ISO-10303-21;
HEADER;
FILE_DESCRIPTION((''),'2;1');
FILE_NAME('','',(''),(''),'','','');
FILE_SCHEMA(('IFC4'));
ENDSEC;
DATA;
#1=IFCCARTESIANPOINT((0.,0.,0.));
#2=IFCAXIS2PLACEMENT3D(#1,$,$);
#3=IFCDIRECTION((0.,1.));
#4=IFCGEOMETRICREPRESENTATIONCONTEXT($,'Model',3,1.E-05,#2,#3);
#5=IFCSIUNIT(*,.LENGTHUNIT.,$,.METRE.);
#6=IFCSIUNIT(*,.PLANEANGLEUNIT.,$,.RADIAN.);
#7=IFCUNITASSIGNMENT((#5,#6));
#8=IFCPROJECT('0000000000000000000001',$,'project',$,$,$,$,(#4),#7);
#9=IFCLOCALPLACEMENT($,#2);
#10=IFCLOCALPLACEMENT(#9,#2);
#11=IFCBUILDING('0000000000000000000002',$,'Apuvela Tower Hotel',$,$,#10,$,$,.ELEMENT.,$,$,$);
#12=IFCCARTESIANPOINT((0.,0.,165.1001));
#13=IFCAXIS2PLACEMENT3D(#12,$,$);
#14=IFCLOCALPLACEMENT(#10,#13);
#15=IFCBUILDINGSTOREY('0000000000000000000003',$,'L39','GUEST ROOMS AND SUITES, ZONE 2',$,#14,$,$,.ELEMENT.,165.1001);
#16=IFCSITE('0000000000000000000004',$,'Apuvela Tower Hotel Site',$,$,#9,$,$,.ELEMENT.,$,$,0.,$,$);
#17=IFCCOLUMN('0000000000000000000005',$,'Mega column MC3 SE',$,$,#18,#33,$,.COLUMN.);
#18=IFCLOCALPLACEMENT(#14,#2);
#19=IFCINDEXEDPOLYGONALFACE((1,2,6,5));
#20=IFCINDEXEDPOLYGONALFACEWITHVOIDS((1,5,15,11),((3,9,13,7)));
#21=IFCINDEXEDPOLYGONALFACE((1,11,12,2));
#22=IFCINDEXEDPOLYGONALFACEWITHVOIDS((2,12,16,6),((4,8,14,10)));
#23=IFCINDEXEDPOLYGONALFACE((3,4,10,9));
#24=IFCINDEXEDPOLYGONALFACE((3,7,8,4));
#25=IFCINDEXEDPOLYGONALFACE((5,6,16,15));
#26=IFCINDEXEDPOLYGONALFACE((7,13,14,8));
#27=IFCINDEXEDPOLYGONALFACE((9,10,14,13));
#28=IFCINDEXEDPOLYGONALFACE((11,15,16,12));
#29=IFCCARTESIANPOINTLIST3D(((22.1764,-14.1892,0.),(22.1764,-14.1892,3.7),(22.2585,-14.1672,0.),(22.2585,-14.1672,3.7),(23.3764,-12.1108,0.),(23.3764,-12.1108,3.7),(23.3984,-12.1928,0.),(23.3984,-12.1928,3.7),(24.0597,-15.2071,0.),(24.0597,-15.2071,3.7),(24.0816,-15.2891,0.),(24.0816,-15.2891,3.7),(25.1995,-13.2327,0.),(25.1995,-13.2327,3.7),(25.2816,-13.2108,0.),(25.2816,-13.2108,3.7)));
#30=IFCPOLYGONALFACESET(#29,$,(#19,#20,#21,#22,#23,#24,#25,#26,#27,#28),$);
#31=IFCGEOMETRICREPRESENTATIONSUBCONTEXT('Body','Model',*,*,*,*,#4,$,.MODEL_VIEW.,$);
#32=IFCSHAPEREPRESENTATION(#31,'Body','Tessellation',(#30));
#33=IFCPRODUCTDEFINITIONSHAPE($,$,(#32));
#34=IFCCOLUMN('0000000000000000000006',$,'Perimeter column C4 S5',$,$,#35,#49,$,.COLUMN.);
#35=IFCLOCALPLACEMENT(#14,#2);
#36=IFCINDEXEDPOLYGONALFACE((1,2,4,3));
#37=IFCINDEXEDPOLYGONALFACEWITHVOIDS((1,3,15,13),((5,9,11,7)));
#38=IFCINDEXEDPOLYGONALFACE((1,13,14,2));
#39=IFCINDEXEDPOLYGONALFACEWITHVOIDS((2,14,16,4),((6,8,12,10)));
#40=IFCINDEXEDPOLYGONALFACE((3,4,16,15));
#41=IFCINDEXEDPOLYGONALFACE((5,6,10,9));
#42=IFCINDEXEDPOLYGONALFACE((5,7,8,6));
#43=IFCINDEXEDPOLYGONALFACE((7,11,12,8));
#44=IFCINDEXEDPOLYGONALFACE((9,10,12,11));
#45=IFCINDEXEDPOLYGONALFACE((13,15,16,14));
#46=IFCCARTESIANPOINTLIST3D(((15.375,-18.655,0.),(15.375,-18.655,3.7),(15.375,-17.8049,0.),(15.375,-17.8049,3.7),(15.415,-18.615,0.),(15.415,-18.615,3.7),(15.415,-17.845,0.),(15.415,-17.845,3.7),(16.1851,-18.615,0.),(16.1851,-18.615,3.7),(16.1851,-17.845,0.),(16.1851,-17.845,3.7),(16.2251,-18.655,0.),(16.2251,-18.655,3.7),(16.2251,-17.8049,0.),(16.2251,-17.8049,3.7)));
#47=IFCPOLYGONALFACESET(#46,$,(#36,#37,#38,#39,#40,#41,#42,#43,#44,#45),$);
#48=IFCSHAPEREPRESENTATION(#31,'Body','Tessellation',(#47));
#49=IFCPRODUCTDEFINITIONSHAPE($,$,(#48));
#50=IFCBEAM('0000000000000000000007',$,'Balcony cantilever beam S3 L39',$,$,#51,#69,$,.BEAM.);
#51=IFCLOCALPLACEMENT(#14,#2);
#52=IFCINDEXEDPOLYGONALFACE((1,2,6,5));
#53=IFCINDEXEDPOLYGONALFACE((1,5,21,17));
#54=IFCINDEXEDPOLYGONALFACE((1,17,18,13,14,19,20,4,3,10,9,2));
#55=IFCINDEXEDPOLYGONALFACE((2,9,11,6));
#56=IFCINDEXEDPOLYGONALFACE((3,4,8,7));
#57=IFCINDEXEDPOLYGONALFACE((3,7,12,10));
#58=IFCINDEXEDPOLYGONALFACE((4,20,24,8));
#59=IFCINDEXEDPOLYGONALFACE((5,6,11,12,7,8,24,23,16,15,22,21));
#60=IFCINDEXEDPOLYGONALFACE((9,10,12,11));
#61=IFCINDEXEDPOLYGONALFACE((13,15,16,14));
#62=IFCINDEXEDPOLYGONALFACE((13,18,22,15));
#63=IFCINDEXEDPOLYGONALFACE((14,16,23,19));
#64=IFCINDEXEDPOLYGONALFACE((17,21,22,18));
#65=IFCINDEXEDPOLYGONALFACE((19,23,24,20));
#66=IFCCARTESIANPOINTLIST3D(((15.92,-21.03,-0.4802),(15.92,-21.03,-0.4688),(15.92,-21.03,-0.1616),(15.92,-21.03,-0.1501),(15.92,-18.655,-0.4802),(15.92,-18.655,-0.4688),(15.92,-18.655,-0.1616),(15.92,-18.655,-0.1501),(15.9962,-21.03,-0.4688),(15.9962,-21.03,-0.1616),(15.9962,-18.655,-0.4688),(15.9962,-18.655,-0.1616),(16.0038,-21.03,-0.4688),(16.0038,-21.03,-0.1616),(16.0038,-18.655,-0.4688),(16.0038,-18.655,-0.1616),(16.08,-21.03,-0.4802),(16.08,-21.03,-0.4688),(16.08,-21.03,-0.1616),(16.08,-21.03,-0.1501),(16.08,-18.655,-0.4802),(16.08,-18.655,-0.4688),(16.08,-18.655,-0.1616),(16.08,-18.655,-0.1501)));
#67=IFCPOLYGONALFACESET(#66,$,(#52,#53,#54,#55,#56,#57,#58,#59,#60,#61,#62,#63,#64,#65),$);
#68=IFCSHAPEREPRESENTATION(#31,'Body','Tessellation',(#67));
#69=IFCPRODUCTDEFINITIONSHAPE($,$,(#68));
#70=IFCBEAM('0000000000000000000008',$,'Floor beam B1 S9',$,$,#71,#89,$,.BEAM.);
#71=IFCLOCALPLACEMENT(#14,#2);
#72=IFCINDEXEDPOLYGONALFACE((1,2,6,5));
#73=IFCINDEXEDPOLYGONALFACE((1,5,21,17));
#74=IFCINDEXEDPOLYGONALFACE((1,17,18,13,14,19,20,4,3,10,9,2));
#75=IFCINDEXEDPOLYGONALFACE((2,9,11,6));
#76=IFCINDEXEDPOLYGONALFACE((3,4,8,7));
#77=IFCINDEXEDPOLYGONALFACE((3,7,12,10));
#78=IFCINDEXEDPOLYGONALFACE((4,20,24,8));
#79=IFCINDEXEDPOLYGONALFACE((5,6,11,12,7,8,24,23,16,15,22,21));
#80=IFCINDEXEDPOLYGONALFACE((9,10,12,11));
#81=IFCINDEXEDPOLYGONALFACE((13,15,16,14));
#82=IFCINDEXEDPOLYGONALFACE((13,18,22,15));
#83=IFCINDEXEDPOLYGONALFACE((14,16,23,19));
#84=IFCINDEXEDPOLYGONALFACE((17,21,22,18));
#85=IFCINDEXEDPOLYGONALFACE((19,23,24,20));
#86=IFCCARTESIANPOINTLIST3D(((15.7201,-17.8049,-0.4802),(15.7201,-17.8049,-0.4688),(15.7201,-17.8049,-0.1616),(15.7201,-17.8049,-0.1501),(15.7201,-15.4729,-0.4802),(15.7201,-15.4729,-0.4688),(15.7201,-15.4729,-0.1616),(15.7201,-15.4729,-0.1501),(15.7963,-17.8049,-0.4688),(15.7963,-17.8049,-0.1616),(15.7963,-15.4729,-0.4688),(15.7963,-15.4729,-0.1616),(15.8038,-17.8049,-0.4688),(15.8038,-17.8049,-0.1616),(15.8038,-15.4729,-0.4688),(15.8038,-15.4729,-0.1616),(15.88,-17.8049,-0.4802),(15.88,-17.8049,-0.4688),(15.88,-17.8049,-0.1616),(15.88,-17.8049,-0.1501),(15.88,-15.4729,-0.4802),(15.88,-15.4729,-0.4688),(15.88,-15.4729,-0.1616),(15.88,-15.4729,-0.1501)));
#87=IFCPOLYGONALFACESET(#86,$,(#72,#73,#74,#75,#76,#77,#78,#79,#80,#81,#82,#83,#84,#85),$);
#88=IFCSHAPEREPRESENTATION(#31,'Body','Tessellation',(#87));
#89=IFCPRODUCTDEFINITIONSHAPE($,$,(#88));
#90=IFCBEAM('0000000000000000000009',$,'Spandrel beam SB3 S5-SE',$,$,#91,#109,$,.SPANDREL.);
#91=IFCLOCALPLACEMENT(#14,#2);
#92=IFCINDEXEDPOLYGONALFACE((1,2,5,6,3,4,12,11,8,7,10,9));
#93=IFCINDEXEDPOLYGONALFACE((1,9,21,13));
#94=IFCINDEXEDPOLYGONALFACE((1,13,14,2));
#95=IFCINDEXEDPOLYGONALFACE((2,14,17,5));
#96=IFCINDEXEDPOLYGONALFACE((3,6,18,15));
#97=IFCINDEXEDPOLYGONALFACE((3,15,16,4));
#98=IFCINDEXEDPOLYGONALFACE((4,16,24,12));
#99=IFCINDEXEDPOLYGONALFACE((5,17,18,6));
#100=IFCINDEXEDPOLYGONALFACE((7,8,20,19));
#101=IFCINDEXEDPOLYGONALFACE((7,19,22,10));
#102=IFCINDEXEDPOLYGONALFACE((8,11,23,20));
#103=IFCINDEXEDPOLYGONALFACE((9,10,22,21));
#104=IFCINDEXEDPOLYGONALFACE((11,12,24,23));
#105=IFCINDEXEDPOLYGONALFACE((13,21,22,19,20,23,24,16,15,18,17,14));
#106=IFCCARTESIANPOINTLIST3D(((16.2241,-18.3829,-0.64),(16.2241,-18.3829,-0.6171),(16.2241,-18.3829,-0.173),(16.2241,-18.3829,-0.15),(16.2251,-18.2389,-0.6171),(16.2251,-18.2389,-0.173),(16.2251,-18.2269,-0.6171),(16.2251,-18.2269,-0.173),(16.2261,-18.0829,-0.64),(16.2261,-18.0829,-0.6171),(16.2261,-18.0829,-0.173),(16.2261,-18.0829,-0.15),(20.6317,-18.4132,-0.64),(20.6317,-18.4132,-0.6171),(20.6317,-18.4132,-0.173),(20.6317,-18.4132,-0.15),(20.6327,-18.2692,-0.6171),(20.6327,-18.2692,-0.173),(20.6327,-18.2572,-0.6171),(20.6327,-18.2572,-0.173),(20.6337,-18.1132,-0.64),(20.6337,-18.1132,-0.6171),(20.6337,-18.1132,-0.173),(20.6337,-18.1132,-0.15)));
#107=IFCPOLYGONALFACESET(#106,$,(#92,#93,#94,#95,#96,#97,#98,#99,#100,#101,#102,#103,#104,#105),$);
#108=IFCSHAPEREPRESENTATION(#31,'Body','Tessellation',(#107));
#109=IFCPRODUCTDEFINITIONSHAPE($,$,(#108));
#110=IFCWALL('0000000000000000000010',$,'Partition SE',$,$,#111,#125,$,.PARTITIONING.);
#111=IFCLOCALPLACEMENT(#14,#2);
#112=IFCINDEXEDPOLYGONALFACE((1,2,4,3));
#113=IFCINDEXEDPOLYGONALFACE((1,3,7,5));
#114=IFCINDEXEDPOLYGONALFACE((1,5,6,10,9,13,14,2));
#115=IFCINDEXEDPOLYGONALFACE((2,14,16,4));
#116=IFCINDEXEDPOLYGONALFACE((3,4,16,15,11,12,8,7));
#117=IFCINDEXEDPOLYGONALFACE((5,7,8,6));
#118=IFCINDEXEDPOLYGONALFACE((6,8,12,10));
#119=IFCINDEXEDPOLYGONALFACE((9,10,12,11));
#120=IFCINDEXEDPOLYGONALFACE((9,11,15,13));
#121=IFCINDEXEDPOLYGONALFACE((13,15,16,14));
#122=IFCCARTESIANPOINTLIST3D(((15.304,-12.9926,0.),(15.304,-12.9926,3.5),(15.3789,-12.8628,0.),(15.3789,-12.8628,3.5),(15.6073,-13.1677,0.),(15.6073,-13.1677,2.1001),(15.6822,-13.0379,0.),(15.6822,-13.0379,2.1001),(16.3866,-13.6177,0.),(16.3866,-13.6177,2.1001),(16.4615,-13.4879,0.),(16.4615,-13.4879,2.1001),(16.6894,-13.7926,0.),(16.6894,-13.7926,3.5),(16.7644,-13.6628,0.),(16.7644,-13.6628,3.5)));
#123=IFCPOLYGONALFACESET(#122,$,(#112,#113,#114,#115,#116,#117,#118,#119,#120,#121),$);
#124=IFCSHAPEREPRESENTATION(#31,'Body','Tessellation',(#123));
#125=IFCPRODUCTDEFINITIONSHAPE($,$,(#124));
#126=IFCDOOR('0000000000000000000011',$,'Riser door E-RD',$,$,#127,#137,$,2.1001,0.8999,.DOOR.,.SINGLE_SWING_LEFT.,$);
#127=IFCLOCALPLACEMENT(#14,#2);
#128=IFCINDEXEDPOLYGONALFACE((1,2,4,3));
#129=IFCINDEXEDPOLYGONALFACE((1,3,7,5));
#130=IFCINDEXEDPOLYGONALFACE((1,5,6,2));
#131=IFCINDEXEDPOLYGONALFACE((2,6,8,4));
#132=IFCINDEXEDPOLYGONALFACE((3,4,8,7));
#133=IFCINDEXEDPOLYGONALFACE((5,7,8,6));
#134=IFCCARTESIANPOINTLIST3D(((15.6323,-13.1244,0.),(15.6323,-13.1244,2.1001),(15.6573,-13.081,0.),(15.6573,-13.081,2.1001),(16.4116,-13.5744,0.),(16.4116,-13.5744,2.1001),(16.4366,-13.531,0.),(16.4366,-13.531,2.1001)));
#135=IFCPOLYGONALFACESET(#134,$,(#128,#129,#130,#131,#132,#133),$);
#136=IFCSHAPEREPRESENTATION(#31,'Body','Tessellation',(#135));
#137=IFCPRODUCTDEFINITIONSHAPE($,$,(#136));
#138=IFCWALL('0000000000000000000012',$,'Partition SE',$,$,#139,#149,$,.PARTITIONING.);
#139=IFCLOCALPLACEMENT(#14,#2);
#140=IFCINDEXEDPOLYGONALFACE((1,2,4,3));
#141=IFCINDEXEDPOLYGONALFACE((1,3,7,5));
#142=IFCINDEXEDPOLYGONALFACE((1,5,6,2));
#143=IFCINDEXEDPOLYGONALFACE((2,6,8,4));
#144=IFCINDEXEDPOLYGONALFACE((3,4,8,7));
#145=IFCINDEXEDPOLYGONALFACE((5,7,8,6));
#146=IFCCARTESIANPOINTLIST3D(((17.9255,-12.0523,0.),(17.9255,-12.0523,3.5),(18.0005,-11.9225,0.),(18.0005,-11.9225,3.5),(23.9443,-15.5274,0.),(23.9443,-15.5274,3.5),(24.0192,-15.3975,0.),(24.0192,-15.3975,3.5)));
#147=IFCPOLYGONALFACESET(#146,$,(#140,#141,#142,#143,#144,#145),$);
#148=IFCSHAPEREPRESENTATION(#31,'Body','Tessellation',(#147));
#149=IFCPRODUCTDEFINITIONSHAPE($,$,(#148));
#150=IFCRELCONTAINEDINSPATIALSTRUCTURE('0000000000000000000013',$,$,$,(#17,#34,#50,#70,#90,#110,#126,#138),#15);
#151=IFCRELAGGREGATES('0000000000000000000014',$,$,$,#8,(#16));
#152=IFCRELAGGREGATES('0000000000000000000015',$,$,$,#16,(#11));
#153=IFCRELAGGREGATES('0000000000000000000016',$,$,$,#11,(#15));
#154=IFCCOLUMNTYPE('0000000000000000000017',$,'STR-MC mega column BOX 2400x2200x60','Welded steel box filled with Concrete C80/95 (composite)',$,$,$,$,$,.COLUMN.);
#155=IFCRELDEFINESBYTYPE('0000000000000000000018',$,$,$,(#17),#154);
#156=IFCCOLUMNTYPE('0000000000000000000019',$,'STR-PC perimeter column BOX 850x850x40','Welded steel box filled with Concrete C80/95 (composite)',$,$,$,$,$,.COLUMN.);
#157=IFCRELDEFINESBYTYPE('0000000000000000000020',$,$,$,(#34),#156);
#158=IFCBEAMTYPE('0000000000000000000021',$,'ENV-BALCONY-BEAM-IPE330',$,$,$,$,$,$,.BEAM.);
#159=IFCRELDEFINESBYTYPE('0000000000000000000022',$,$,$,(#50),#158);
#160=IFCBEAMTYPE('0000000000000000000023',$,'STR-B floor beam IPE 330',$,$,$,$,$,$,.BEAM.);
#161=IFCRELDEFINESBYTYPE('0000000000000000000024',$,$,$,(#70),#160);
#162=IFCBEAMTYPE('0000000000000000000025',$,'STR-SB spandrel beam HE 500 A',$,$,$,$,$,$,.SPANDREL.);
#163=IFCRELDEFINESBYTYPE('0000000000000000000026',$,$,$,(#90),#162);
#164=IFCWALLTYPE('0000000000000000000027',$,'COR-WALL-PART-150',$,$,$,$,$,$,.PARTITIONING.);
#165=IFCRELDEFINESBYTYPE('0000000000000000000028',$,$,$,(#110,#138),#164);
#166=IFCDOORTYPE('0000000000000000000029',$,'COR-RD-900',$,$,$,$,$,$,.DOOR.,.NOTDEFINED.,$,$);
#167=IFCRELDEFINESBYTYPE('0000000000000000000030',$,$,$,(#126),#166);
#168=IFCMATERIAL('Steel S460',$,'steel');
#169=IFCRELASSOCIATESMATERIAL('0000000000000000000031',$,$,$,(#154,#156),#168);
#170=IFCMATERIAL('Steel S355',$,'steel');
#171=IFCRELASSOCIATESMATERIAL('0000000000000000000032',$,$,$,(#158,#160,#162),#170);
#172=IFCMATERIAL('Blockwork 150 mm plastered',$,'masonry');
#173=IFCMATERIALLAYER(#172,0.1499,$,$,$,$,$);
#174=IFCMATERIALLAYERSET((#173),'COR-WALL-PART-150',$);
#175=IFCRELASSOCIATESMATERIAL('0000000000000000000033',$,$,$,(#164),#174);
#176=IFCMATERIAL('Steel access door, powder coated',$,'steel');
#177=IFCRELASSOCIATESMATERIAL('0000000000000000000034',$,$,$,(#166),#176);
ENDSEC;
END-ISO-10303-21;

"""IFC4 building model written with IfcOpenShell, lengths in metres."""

from ifc_helpers import new_model, si_unit, direction, frame, frame_2d, origin, origin_2d, place, context, subcontext, project, spatial, rectangle, hollow_rectangle, i_section, extrude, material, layer, layer_set, material_profile, profile_set, type_object, element, fill, save


model = new_model("IFC4")

# Units and contexts
model_context = context("Model", 3, precision=1e-05, world=origin(), true_north=direction((0.0, 1.0)))
body_context = subcontext(model_context, "Body", "Model", "MODEL_VIEW")
ifc_project = project(units=[si_unit("LENGTHUNIT", "METRE"), si_unit("PLANEANGLEUNIT", "RADIAN")], contexts=[model_context])

# Site, building, storey
site_placement = place(None, origin())
site = spatial("IfcSite", under=ifc_project, at=site_placement, Name="Apuvela Tower Hotel Site", CompositionType="ELEMENT", RefElevation=0.0)
building_placement = place(site_placement, origin())
building = spatial("IfcBuilding", under=site, at=building_placement, Name="Apuvela Tower Hotel", CompositionType="ELEMENT")
storey_placement = place(building_placement, frame((0.0, 0.0, 165.1001)))
storey = spatial("IfcBuildingStorey", under=building, at=storey_placement, Name="L39", Description="GUEST ROOMS AND SUITES, ZONE 2", CompositionType="ELEMENT", Elevation=165.1001)

# Columns
ifc_material_1 = material(Name="Steel S460", Category="steel")
ifc_material_profile_1 = material_profile(ifc_material_1, hollow_rectangle(XDim=2.3999, YDim=2.2, WallThickness=0.0601, at=origin_2d()), Name="BOX 2400x2200x60")
ifc_material_2 = material(Name="Concrete C80/95", Category="concrete")
ifc_material_profile_2 = material_profile(ifc_material_2, rectangle(XDim=2.28, YDim=2.0801, at=origin_2d()), Name="Concrete C80/95 infill")
ifc_profile_set_1 = profile_set([ifc_material_profile_1, ifc_material_profile_2], Name="Steel S460")
column_type_1 = type_object("IfcColumnType", Name="STR-MC mega column BOX 2400x2200x60", Description="Welded steel box filled with Concrete C80/95 (composite)", PredefinedType="COLUMN", material=ifc_profile_set_1)
column_1_placement = place(storey_placement, frame((23.729, -13.7, 0.0), z_axis=(0.0, 0.0, 1.0), x_axis=(0.5, 0.866025, 0.0)))
element("IfcColumn", 1, at=column_1_placement, inside=storey, type_object=column_type_1, Name="Mega column MC3 SE", PredefinedType="COLUMN", context=body_context, shape_type="SweptSolid", body=[
    extrude(hollow_rectangle(XDim=2.3999, YDim=2.2, WallThickness=0.0601, at=origin_2d()), origin(), (0.0, 0.0, 1.0), 3.7),
])
ifc_material_profile_3 = material_profile(ifc_material_1, hollow_rectangle(XDim=0.8501, YDim=0.8501, WallThickness=0.04, at=origin_2d()), Name="BOX 850x850x40")
ifc_material_profile_4 = material_profile(ifc_material_2, rectangle(XDim=0.77, YDim=0.77, at=origin_2d()), Name="Concrete C80/95 infill")
ifc_profile_set_2 = profile_set([ifc_material_profile_3, ifc_material_profile_4], Name="Steel S460")
column_type_2 = type_object("IfcColumnType", Name="STR-PC perimeter column BOX 850x850x40", Description="Welded steel box filled with Concrete C80/95 (composite)", PredefinedType="COLUMN", material=ifc_profile_set_2)
column_2_placement = place(storey_placement, frame((15.8, -18.23, 0.0), z_axis=(0.0, 0.0, 1.0), x_axis=(-1.0, 0.0, 0.0)))
element("IfcColumn", 2, at=column_2_placement, inside=storey, type_object=column_type_2, Name="Perimeter column C4 S5", PredefinedType="COLUMN", context=body_context, shape_type="SweptSolid", body=[
    extrude(hollow_rectangle(XDim=0.8501, YDim=0.8501, WallThickness=0.04, at=origin_2d()), origin(), (0.0, 0.0, 1.0), 3.7),
])

# Beams
ifc_material_3 = material(Name="Steel S355", Category="steel")
ifc_material_profile_5 = material_profile(ifc_material_3, i_section(OverallWidth=0.1599, OverallDepth=0.3301, WebThickness=0.0076, FlangeThickness=0.0115, at=origin_2d()), Name="IPE 330")
ifc_profile_set_3 = profile_set([ifc_material_profile_5], Name="Steel S355")
beam_type_1 = type_object("IfcBeamType", Name="ENV-BALCONY-BEAM-IPE330", PredefinedType="BEAM", material=ifc_profile_set_3)
beam_1_placement = place(storey_placement, frame((16.0, -18.655, -0.3152), z_axis=(0.0, -1.0, 0.0), x_axis=(1.0, 0.0, 0.0)))
element("IfcBeam", 3, at=beam_1_placement, inside=storey, type_object=beam_type_1, Name="Balcony cantilever beam S3 L39", PredefinedType="BEAM", context=body_context, shape_type="SweptSolid", body=[
    extrude(i_section(OverallWidth=0.1599, OverallDepth=0.3301, WebThickness=0.0076, FlangeThickness=0.0115, at=origin_2d()), origin(), (0.0, 0.0, 1.0), 2.375),
])
ifc_material_profile_6 = material_profile(ifc_material_3, i_section(OverallWidth=0.1599, OverallDepth=0.3301, WebThickness=0.0076, FlangeThickness=0.0115, at=origin_2d()), Name="IPE 330")
ifc_profile_set_4 = profile_set([ifc_material_profile_6], Name="Steel S355")
beam_type_2 = type_object("IfcBeamType", Name="STR-B floor beam IPE 330", PredefinedType="BEAM", material=ifc_profile_set_4)
beam_2_placement = place(storey_placement, frame((15.8, -17.8049, -0.3152), z_axis=(0.0, 1.0, 0.0), x_axis=(-1.0, 0.0, 0.0)))
element("IfcBeam", 4, at=beam_2_placement, inside=storey, type_object=beam_type_2, Name="Floor beam B1 S9", PredefinedType="BEAM", context=body_context, shape_type="SweptSolid", body=[
    extrude(i_section(OverallWidth=0.1599, OverallDepth=0.3301, WebThickness=0.0076, FlangeThickness=0.0115, at=origin_2d()), origin(), (0.0, 0.0, 1.0), 2.332),
])
ifc_material_profile_7 = material_profile(ifc_material_3, i_section(OverallWidth=0.3, OverallDepth=0.49, WebThickness=0.012, FlangeThickness=0.0229, at=origin_2d()), Name="HE 500 A")
ifc_profile_set_5 = profile_set([ifc_material_profile_7], Name="Steel S355")
beam_type_3 = type_object("IfcBeamType", Name="STR-SB spandrel beam HE 500 A", PredefinedType="SPANDREL", material=ifc_profile_set_5)
beam_3_placement = place(storey_placement, frame((16.2251, -18.2329, -0.395), z_axis=(0.999976, -0.006868, 0.0), x_axis=(0.006868, 0.999976, 0.0)))
element("IfcBeam", 5, at=beam_3_placement, inside=storey, type_object=beam_type_3, Name="Spandrel beam SB3 S5-SE", PredefinedType="SPANDREL", context=body_context, shape_type="SweptSolid", body=[
    extrude(i_section(OverallWidth=0.3, OverallDepth=0.49, WebThickness=0.012, FlangeThickness=0.0229, at=origin_2d()), origin(), (0.0, 0.0, 1.0), 4.4077),
])

# Wall, opening, door
ifc_material_4 = material(Name="Blockwork 150 mm plastered", Category="masonry")
ifc_layer_1 = layer(ifc_material_4, 0.1499)
ifc_layer_set_1 = layer_set([ifc_layer_1], Name="COR-WALL-PART-150")
wall_type_1 = type_object("IfcWallType", Name="COR-WALL-PART-150", PredefinedType="PARTITIONING", material=ifc_layer_set_1)
wall_1_placement = place(storey_placement, frame((15.3416, -12.9277, 0.0), z_axis=(0.0, 0.0, 1.0), x_axis=(0.86599, -0.500061, 0.0)))
wall_1 = element("IfcWall", 6, at=wall_1_placement, inside=storey, type_object=wall_type_1, Name="Partition SE", PredefinedType="PARTITIONING", context=body_context, shape_type="SweptSolid", body=[
    extrude(rectangle(XDim=1.5999, YDim=0.1499, at=frame_2d((0.7998, 0.0))), origin(), (0.0, 0.0, 1.0), 3.5),
])
opening_1_placement = place(wall_1_placement, frame((0.3501, 0.0, 0.0)))
opening_1 = element("IfcOpeningElement", 7, at=opening_1_placement, cuts=wall_1, PredefinedType="OPENING", context=body_context, shape_type="SweptSolid", body=[
    extrude(rectangle(XDim=0.8999, YDim=2.1001, at=frame_2d((0.45, 1.05))), frame((0.0, 0.085, 0.0), z_axis=(0.0, -1.0, 0.0), x_axis=(1.0, 0.0, 0.0)), (0.0, 0.0, 1.0), 0.1699),
])
ifc_material_5 = material(Name="Steel access door, powder coated", Category="steel")
door_type_1 = type_object("IfcDoorType", Name="COR-RD-900", OperationType="NOTDEFINED", PredefinedType="DOOR", material=ifc_material_5)
door_1_placement = place(opening_1_placement, frame((0.8999, 0.0, 0.0), z_axis=(0.0, 0.0, 1.0), x_axis=(-1.0, 0.0, 0.0)))
door_1 = element("IfcDoor", 8, at=door_1_placement, inside=storey, type_object=door_type_1, Name="Riser door E-RD", OperationType="SINGLE_SWING_LEFT", OverallHeight=2.1001, OverallWidth=0.8999, PredefinedType="DOOR", context=body_context, shape_type="SweptSolid", body=[
    extrude(rectangle(XDim=0.8999, YDim=2.1001, at=frame_2d((0.45, 1.05))), frame((0.0, 0.0249, 0.0), z_axis=(0.0, -1.0, 0.0), x_axis=(1.0, 0.0, 0.0)), (0.0, 0.0, 1.0), 0.05),
])
fill(opening_1, door_1)

# Wall
wall_2_placement = place(storey_placement, frame((17.9629, -11.9873, 0.0), z_axis=(0.0, 0.0, 1.0), x_axis=(0.866017, -0.500015, 0.0)))
element("IfcWall", 9, at=wall_2_placement, inside=storey, type_object=wall_type_1, Name="Partition SE", PredefinedType="PARTITIONING", context=body_context, shape_type="SweptSolid", body=[
    extrude(rectangle(XDim=6.95, YDim=0.1499, at=frame_2d((3.4751, 0.0))), origin(), (0.0, 0.0, 1.0), 3.5),
])

save(model, "model.ifc")
